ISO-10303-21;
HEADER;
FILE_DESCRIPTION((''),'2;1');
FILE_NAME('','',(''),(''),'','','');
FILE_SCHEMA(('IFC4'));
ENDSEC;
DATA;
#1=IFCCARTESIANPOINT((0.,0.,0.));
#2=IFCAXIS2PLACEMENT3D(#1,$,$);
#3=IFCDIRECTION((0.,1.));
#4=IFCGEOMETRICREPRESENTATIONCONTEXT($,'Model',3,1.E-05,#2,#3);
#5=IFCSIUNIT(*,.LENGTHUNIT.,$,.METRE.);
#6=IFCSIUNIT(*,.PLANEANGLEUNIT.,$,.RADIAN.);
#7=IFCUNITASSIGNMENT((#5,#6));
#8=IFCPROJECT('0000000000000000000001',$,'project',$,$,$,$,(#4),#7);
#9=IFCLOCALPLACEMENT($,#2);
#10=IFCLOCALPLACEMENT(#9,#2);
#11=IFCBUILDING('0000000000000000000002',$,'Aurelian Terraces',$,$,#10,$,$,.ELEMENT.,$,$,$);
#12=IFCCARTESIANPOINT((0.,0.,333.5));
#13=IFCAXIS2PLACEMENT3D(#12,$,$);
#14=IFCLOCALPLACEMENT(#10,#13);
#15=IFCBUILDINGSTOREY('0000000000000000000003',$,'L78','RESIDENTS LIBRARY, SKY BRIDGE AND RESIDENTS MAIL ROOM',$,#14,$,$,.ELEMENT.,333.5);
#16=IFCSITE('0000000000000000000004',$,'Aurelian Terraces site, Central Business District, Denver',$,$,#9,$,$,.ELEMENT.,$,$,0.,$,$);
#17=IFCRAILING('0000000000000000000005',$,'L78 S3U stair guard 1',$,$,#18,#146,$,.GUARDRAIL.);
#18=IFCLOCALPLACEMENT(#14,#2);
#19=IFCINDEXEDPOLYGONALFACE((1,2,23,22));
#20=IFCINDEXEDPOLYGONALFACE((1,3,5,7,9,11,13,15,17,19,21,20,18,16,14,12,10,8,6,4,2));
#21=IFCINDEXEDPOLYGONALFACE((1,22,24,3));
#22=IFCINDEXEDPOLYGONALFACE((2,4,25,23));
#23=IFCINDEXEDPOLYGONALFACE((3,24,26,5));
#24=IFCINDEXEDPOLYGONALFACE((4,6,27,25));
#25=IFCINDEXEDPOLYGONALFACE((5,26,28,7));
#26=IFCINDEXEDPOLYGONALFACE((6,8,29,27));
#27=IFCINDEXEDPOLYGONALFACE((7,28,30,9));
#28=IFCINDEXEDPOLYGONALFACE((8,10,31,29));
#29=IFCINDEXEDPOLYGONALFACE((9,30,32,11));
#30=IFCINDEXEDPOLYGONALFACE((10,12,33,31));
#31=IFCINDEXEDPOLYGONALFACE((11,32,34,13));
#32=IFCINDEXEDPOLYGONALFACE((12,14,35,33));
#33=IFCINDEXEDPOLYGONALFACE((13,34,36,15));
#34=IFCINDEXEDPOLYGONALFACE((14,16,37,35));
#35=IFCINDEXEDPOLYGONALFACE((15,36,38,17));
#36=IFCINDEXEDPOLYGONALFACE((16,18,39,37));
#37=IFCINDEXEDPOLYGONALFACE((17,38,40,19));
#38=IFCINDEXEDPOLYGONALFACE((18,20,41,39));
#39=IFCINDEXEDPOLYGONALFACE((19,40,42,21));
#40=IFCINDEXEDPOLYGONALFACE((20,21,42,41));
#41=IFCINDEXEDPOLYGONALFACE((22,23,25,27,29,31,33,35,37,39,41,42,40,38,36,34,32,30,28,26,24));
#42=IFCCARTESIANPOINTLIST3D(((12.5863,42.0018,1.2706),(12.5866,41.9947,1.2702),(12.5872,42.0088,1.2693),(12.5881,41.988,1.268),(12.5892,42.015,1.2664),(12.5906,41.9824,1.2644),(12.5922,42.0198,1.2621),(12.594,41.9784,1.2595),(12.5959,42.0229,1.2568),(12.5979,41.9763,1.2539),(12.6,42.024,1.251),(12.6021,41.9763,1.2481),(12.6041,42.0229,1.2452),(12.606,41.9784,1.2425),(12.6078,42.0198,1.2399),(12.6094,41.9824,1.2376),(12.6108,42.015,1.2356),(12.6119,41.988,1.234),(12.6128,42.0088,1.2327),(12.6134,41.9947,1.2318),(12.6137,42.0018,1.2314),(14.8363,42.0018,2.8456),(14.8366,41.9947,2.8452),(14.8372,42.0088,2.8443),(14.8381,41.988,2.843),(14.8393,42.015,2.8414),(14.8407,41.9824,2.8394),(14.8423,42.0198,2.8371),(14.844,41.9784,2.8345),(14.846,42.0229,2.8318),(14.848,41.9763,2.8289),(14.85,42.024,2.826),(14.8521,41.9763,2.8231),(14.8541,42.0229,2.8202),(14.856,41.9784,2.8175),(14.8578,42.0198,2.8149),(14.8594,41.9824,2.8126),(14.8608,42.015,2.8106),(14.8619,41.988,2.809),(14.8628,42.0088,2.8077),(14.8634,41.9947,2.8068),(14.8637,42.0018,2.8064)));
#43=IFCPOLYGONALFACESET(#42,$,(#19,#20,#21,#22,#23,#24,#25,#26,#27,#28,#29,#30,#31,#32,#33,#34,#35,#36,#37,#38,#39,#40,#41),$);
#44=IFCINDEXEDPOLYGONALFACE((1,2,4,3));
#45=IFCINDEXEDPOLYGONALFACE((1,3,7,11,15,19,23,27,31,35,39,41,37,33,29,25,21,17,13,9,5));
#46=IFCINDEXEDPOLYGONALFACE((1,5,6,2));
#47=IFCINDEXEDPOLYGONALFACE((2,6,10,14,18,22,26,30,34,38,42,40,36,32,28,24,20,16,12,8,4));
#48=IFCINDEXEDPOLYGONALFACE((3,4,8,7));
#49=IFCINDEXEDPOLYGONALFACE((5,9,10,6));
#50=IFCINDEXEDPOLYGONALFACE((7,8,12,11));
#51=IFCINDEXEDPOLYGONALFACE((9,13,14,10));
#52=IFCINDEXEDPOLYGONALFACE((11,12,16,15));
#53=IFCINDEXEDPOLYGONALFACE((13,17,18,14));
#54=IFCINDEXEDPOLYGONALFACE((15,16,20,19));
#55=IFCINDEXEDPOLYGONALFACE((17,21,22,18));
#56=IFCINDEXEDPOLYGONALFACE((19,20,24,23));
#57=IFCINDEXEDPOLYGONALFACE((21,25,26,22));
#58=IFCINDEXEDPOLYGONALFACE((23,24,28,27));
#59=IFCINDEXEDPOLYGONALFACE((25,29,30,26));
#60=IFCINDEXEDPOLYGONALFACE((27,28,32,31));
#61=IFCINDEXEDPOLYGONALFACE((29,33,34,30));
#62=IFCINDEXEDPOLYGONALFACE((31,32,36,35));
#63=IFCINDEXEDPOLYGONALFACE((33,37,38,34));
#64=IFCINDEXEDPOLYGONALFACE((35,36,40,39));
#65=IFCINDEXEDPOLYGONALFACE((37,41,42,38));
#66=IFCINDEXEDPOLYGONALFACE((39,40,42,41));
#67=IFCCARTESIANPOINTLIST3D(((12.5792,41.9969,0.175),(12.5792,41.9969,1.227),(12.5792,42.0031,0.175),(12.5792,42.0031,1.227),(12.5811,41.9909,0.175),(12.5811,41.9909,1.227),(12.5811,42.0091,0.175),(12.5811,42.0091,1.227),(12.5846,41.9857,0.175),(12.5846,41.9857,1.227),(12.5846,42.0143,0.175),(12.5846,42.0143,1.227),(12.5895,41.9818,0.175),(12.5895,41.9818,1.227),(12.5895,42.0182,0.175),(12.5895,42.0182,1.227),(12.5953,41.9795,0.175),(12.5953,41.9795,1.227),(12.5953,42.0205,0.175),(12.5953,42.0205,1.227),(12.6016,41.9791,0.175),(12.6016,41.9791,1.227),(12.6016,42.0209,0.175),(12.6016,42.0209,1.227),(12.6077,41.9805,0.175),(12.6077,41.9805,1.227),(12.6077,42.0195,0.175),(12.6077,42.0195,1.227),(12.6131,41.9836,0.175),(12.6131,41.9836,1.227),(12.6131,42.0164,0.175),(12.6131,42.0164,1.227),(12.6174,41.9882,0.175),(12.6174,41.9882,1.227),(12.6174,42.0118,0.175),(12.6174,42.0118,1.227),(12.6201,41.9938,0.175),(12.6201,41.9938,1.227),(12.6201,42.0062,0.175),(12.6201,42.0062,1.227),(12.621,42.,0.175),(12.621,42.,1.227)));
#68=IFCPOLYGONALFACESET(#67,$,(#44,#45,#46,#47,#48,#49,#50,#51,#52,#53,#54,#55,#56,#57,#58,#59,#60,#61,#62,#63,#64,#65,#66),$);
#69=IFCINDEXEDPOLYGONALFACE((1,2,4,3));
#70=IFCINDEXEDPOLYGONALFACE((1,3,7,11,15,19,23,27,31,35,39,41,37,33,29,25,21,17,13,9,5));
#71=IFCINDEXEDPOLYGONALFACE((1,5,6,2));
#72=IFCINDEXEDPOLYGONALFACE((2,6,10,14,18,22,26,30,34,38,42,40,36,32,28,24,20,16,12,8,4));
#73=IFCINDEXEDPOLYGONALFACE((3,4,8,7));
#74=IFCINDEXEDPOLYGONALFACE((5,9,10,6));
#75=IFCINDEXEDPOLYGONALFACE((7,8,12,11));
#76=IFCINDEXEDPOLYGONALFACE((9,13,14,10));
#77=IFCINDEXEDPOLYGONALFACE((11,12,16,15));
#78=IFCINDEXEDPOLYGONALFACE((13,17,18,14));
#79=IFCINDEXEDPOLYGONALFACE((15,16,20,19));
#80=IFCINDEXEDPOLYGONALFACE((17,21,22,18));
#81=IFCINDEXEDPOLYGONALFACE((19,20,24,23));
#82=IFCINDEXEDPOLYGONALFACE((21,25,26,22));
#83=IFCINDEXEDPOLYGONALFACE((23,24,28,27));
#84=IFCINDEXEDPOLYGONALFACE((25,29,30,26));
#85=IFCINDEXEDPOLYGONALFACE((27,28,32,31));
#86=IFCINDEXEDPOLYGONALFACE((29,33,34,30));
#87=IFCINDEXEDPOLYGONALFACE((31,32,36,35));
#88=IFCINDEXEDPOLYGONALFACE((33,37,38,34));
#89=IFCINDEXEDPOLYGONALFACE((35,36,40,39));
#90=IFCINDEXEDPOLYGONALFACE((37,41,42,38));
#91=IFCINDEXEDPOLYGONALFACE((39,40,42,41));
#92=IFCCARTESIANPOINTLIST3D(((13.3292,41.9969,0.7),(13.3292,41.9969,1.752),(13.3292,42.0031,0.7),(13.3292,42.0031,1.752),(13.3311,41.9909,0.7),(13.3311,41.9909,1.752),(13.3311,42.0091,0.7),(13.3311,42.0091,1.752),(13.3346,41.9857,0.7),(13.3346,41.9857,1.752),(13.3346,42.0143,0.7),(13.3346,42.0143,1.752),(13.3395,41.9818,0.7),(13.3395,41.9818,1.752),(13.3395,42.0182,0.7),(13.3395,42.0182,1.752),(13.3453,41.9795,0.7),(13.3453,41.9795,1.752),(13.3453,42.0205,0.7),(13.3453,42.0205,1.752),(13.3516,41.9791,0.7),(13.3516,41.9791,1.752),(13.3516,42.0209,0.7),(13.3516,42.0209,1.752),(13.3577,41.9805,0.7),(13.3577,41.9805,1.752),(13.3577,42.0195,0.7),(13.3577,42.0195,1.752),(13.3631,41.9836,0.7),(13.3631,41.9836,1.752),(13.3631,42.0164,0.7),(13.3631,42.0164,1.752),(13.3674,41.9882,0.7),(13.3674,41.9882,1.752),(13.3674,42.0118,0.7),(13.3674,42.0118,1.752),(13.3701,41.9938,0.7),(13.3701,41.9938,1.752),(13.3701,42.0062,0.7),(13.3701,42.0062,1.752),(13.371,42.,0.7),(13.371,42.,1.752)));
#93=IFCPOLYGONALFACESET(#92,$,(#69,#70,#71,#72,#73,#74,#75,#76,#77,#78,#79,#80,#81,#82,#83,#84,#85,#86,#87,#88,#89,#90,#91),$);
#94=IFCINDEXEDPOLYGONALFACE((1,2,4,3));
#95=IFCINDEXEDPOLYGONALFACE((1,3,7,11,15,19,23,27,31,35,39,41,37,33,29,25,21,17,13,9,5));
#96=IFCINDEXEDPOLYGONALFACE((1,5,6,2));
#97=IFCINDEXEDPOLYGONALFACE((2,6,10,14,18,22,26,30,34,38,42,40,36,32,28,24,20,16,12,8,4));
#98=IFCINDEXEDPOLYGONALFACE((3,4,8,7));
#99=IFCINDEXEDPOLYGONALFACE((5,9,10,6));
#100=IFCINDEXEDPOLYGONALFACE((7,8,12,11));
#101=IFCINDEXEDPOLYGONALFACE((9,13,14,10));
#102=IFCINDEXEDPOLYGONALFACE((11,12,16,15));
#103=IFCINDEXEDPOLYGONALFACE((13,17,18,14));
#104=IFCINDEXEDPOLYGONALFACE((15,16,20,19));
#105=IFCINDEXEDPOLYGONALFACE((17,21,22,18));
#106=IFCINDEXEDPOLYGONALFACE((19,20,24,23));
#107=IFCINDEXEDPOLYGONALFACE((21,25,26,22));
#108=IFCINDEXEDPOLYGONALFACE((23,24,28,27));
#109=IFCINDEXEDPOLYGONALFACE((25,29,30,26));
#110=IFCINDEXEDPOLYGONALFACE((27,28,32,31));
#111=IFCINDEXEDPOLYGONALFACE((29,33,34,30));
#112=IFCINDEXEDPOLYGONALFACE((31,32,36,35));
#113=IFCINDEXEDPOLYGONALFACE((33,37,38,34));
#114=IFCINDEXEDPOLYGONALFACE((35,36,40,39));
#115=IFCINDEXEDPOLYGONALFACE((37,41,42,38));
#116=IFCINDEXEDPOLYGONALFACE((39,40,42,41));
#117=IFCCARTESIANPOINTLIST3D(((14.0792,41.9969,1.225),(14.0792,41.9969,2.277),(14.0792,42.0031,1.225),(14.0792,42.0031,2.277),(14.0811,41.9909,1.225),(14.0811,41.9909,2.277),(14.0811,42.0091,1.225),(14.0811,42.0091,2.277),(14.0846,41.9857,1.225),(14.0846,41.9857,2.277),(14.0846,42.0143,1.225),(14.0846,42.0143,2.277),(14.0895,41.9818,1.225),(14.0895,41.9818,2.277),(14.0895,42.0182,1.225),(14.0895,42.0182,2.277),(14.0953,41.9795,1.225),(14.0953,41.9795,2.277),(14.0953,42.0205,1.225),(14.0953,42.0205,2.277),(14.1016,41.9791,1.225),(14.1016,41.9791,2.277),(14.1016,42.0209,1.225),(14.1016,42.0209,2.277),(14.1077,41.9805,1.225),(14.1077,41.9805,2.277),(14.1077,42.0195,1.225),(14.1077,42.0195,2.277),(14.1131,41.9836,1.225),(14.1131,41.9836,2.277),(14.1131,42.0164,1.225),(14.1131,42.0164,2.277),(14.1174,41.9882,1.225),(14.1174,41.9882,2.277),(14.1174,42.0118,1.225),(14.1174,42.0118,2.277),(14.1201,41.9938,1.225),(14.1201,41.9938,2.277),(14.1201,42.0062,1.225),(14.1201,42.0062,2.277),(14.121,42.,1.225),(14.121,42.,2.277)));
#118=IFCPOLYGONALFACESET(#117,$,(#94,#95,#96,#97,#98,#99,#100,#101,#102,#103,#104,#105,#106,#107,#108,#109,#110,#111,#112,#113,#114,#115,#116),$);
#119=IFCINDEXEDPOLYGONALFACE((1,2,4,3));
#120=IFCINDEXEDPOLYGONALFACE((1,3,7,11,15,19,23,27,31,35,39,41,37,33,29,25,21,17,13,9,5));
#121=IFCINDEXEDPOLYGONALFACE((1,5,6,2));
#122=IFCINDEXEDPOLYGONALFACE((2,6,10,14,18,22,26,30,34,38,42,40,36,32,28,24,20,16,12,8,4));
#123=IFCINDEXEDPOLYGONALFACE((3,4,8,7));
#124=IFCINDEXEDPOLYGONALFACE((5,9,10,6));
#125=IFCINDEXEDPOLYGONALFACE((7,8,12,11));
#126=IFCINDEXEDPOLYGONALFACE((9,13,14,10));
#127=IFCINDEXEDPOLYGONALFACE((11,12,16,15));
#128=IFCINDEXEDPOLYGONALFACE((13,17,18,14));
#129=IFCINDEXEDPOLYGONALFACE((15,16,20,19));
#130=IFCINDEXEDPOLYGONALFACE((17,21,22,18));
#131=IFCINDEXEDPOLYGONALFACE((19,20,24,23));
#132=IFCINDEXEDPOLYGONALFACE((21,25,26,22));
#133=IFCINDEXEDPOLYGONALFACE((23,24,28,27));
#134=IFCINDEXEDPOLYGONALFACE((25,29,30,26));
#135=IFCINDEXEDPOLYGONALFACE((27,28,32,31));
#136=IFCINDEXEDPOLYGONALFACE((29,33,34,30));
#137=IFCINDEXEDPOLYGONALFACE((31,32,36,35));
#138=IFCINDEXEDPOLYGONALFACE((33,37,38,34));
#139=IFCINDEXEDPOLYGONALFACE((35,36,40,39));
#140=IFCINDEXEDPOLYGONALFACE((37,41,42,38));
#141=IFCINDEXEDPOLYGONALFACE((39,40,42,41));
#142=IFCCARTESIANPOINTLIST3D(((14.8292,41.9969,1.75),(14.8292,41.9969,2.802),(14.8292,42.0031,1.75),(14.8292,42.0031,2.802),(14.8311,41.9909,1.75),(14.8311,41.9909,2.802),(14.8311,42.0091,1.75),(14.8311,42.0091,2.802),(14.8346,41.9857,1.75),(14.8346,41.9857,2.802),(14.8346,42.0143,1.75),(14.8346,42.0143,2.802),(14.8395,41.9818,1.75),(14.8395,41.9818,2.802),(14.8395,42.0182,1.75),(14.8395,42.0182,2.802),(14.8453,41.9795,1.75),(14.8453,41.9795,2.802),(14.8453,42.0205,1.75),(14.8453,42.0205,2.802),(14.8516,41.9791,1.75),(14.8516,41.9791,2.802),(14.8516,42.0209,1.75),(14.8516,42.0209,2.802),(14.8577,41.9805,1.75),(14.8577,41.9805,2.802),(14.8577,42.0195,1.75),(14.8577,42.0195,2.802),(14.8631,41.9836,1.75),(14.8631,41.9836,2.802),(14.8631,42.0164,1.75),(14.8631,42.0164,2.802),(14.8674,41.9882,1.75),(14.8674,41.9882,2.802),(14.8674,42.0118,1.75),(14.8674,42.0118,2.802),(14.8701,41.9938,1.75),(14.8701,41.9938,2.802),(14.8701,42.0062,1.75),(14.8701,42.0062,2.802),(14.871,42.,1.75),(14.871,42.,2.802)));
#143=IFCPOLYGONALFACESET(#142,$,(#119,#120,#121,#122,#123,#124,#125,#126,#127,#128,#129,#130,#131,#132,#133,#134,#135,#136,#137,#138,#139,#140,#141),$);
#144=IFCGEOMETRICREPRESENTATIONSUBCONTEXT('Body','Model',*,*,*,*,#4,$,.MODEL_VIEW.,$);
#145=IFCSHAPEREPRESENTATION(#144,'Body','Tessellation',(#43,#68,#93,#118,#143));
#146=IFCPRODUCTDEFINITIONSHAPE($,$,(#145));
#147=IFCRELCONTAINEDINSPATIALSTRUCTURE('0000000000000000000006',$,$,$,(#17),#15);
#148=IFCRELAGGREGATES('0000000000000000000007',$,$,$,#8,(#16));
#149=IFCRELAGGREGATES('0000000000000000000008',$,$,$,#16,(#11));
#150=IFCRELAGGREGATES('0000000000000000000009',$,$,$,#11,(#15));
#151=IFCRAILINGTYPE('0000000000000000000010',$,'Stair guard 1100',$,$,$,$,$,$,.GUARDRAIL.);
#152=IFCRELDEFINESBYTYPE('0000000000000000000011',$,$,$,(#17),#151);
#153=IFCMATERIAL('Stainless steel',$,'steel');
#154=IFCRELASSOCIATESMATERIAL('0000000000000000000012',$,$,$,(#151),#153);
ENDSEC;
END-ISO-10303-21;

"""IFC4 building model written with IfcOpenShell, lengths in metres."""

from ifc_helpers import new_model, si_unit, direction, frame, origin, origin_2d, place, context, subcontext, project, spatial, circle, extrude, source, transform, mapped, material, type_object, element, save


model = new_model("IFC4")

# Units and contexts
model_context = context("Model", 3, precision=1e-05, world=origin(), true_north=direction((0.0, 1.0)))
body_context = subcontext(model_context, "Body", "Model", "MODEL_VIEW")
ifc_project = project(units=[si_unit("LENGTHUNIT", "METRE"), si_unit("PLANEANGLEUNIT", "RADIAN")], contexts=[model_context])

# Site, building, storey
site_placement = place(None, origin())
site = spatial("IfcSite", under=ifc_project, at=site_placement, Name="Aurelian Terraces site, Central Business District, Denver", CompositionType="ELEMENT", RefElevation=0.0)
building_placement = place(site_placement, origin())
building = spatial("IfcBuilding", under=site, at=building_placement, Name="Aurelian Terraces", CompositionType="ELEMENT")
storey_placement = place(building_placement, frame((0.0, 0.0, 333.5)))
storey = spatial("IfcBuildingStorey", under=building, at=storey_placement, Name="L78", Description="RESIDENTS LIBRARY, SKY BRIDGE AND RESIDENTS MAIL ROOM", CompositionType="ELEMENT", Elevation=333.5)

# Railing
ifc_material_1 = material(Name="Stainless steel", Category="steel")
railing_type_1 = type_object("IfcRailingType", Name="Stair guard 1100", PredefinedType="GUARDRAIL", material=ifc_material_1)
shared_shape_1 = source(origin(), body_context, "Body", "SweptSolid", [
    extrude(circle(Radius=0.024, at=origin_2d()), frame((0.0, 0.0, 1.076), z_axis=(0.819232, 0.0, 0.573462), x_axis=(0.0, 1.0, 0.0)), (0.0, 0.0, 1.0), 2.7465),
    extrude(circle(Radius=0.021, at=origin_2d()), origin(), (0.0, 0.0, 1.0), 1.052),
    extrude(circle(Radius=0.021, at=origin_2d()), frame((0.75, 0.0, 0.525)), (0.0, 0.0, 1.0), 1.052),
    extrude(circle(Radius=0.021, at=origin_2d()), frame((1.5, 0.0, 1.05)), (0.0, 0.0, 1.0), 1.052),
    extrude(circle(Radius=0.021, at=origin_2d()), frame((2.25, 0.0, 1.575)), (0.0, 0.0, 1.0), 1.052),
])
railing_1_placement = place(storey_placement, frame((12.6, 42.0, 0.175)))
element("IfcRailing", 1, at=railing_1_placement, inside=storey, type_object=railing_type_1, Name="L78 S3U stair guard 1", PredefinedType="GUARDRAIL", context=body_context, shape_type="MappedRepresentation", body=[
    mapped(shared_shape_1, transform((0.0, 0.0, 0.0), scale=1.0)),
])

save(model, "model.ifc")
